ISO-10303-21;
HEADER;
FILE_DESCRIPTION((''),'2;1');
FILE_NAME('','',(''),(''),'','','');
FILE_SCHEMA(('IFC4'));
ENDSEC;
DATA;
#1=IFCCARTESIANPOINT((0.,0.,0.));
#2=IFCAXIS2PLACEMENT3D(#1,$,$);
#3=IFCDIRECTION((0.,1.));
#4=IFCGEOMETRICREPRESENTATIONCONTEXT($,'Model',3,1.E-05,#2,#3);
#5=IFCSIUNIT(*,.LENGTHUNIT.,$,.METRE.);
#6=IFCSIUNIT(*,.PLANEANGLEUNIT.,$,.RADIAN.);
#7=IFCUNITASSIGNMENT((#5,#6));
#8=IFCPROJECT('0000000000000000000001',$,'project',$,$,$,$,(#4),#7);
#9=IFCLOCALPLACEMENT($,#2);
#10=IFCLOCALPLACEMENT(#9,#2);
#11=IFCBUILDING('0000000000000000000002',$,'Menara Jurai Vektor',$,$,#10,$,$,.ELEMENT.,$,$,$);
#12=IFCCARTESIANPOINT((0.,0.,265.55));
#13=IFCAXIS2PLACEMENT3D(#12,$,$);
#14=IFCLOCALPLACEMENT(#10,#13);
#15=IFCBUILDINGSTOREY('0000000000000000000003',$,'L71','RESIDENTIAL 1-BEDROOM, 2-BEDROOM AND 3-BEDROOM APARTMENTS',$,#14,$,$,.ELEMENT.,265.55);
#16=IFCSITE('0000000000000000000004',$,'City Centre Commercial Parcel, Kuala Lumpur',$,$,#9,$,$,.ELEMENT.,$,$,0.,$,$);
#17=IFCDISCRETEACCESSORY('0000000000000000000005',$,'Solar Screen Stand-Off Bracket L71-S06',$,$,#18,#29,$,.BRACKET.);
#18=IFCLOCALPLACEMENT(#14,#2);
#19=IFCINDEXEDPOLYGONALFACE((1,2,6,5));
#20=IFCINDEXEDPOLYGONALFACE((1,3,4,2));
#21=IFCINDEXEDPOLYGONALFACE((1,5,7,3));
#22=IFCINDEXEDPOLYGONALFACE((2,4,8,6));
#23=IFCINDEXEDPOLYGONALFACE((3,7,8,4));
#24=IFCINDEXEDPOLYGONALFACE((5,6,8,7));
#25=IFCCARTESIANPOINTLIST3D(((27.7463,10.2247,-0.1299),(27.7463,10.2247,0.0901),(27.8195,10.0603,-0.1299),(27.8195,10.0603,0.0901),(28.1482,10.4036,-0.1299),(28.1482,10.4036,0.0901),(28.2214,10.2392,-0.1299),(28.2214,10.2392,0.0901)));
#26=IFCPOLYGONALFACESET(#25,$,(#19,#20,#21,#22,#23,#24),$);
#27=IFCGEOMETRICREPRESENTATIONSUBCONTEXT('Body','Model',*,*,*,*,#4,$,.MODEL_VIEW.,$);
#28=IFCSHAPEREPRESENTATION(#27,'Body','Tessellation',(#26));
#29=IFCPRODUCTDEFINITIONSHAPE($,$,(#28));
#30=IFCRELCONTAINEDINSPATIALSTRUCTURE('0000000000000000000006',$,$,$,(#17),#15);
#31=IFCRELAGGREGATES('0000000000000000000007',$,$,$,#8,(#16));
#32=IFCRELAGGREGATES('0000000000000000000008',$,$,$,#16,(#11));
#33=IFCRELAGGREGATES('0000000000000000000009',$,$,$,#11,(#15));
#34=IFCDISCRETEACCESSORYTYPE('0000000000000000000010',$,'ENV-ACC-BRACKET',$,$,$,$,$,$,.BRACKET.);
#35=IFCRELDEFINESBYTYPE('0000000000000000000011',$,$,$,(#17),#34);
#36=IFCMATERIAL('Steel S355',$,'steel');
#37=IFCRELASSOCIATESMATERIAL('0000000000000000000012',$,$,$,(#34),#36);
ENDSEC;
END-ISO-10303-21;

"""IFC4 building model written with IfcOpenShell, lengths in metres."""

from ifc_helpers import new_model, si_unit, direction, frame, origin, origin_2d, place, context, subcontext, project, spatial, rectangle, extrude, material, type_object, element, save


model = new_model("IFC4")

# Units and contexts
model_context = context("Model", 3, precision=1e-05, world=origin(), true_north=direction((0.0, 1.0)))
body_context = subcontext(model_context, "Body", "Model", "MODEL_VIEW")
ifc_project = project(units=[si_unit("LENGTHUNIT", "METRE"), si_unit("PLANEANGLEUNIT", "RADIAN")], contexts=[model_context])

# Site, building, storey
site_placement = place(None, origin())
site = spatial("IfcSite", under=ifc_project, at=site_placement, Name="City Centre Commercial Parcel, Kuala Lumpur", CompositionType="ELEMENT", RefElevation=0.0)
building_placement = place(site_placement, origin())
building = spatial("IfcBuilding", under=site, at=building_placement, Name="Menara Jurai Vektor", CompositionType="ELEMENT")
storey_placement = place(building_placement, frame((0.0, 0.0, 265.55)))
storey = spatial("IfcBuildingStorey", under=building, at=storey_placement, Name="L71", Description="RESIDENTIAL 1-BEDROOM, 2-BEDROOM AND 3-BEDROOM APARTMENTS", CompositionType="ELEMENT", Elevation=265.55)

# Shared definitions
ifc_material_1 = material(Name="Steel S355", Category="steel")

# Discrete accessory
discrete_accessory_type = type_object("IfcDiscreteAccessoryType", Name="ENV-ACC-BRACKET", PredefinedType="BRACKET", material=ifc_material_1)
discrete_accessory_placement = place(storey_placement, frame((27.9839, 10.2319, -0.1299), z_axis=(0.0, 0.0, 1.0), x_axis=(-0.406737, 0.913545, 0.0)))
element("IfcDiscreteAccessory", 1, at=discrete_accessory_placement, inside=storey, type_object=discrete_accessory_type, Name="Solar Screen Stand-Off Bracket L71-S06", PredefinedType="BRACKET", context=body_context, shape_type="SweptSolid", body=[
    extrude(rectangle(XDim=0.1799, YDim=0.4399, at=origin_2d()), origin(), (0.0, 0.0, 1.0), 0.22),
])

save(model, "model.ifc")
